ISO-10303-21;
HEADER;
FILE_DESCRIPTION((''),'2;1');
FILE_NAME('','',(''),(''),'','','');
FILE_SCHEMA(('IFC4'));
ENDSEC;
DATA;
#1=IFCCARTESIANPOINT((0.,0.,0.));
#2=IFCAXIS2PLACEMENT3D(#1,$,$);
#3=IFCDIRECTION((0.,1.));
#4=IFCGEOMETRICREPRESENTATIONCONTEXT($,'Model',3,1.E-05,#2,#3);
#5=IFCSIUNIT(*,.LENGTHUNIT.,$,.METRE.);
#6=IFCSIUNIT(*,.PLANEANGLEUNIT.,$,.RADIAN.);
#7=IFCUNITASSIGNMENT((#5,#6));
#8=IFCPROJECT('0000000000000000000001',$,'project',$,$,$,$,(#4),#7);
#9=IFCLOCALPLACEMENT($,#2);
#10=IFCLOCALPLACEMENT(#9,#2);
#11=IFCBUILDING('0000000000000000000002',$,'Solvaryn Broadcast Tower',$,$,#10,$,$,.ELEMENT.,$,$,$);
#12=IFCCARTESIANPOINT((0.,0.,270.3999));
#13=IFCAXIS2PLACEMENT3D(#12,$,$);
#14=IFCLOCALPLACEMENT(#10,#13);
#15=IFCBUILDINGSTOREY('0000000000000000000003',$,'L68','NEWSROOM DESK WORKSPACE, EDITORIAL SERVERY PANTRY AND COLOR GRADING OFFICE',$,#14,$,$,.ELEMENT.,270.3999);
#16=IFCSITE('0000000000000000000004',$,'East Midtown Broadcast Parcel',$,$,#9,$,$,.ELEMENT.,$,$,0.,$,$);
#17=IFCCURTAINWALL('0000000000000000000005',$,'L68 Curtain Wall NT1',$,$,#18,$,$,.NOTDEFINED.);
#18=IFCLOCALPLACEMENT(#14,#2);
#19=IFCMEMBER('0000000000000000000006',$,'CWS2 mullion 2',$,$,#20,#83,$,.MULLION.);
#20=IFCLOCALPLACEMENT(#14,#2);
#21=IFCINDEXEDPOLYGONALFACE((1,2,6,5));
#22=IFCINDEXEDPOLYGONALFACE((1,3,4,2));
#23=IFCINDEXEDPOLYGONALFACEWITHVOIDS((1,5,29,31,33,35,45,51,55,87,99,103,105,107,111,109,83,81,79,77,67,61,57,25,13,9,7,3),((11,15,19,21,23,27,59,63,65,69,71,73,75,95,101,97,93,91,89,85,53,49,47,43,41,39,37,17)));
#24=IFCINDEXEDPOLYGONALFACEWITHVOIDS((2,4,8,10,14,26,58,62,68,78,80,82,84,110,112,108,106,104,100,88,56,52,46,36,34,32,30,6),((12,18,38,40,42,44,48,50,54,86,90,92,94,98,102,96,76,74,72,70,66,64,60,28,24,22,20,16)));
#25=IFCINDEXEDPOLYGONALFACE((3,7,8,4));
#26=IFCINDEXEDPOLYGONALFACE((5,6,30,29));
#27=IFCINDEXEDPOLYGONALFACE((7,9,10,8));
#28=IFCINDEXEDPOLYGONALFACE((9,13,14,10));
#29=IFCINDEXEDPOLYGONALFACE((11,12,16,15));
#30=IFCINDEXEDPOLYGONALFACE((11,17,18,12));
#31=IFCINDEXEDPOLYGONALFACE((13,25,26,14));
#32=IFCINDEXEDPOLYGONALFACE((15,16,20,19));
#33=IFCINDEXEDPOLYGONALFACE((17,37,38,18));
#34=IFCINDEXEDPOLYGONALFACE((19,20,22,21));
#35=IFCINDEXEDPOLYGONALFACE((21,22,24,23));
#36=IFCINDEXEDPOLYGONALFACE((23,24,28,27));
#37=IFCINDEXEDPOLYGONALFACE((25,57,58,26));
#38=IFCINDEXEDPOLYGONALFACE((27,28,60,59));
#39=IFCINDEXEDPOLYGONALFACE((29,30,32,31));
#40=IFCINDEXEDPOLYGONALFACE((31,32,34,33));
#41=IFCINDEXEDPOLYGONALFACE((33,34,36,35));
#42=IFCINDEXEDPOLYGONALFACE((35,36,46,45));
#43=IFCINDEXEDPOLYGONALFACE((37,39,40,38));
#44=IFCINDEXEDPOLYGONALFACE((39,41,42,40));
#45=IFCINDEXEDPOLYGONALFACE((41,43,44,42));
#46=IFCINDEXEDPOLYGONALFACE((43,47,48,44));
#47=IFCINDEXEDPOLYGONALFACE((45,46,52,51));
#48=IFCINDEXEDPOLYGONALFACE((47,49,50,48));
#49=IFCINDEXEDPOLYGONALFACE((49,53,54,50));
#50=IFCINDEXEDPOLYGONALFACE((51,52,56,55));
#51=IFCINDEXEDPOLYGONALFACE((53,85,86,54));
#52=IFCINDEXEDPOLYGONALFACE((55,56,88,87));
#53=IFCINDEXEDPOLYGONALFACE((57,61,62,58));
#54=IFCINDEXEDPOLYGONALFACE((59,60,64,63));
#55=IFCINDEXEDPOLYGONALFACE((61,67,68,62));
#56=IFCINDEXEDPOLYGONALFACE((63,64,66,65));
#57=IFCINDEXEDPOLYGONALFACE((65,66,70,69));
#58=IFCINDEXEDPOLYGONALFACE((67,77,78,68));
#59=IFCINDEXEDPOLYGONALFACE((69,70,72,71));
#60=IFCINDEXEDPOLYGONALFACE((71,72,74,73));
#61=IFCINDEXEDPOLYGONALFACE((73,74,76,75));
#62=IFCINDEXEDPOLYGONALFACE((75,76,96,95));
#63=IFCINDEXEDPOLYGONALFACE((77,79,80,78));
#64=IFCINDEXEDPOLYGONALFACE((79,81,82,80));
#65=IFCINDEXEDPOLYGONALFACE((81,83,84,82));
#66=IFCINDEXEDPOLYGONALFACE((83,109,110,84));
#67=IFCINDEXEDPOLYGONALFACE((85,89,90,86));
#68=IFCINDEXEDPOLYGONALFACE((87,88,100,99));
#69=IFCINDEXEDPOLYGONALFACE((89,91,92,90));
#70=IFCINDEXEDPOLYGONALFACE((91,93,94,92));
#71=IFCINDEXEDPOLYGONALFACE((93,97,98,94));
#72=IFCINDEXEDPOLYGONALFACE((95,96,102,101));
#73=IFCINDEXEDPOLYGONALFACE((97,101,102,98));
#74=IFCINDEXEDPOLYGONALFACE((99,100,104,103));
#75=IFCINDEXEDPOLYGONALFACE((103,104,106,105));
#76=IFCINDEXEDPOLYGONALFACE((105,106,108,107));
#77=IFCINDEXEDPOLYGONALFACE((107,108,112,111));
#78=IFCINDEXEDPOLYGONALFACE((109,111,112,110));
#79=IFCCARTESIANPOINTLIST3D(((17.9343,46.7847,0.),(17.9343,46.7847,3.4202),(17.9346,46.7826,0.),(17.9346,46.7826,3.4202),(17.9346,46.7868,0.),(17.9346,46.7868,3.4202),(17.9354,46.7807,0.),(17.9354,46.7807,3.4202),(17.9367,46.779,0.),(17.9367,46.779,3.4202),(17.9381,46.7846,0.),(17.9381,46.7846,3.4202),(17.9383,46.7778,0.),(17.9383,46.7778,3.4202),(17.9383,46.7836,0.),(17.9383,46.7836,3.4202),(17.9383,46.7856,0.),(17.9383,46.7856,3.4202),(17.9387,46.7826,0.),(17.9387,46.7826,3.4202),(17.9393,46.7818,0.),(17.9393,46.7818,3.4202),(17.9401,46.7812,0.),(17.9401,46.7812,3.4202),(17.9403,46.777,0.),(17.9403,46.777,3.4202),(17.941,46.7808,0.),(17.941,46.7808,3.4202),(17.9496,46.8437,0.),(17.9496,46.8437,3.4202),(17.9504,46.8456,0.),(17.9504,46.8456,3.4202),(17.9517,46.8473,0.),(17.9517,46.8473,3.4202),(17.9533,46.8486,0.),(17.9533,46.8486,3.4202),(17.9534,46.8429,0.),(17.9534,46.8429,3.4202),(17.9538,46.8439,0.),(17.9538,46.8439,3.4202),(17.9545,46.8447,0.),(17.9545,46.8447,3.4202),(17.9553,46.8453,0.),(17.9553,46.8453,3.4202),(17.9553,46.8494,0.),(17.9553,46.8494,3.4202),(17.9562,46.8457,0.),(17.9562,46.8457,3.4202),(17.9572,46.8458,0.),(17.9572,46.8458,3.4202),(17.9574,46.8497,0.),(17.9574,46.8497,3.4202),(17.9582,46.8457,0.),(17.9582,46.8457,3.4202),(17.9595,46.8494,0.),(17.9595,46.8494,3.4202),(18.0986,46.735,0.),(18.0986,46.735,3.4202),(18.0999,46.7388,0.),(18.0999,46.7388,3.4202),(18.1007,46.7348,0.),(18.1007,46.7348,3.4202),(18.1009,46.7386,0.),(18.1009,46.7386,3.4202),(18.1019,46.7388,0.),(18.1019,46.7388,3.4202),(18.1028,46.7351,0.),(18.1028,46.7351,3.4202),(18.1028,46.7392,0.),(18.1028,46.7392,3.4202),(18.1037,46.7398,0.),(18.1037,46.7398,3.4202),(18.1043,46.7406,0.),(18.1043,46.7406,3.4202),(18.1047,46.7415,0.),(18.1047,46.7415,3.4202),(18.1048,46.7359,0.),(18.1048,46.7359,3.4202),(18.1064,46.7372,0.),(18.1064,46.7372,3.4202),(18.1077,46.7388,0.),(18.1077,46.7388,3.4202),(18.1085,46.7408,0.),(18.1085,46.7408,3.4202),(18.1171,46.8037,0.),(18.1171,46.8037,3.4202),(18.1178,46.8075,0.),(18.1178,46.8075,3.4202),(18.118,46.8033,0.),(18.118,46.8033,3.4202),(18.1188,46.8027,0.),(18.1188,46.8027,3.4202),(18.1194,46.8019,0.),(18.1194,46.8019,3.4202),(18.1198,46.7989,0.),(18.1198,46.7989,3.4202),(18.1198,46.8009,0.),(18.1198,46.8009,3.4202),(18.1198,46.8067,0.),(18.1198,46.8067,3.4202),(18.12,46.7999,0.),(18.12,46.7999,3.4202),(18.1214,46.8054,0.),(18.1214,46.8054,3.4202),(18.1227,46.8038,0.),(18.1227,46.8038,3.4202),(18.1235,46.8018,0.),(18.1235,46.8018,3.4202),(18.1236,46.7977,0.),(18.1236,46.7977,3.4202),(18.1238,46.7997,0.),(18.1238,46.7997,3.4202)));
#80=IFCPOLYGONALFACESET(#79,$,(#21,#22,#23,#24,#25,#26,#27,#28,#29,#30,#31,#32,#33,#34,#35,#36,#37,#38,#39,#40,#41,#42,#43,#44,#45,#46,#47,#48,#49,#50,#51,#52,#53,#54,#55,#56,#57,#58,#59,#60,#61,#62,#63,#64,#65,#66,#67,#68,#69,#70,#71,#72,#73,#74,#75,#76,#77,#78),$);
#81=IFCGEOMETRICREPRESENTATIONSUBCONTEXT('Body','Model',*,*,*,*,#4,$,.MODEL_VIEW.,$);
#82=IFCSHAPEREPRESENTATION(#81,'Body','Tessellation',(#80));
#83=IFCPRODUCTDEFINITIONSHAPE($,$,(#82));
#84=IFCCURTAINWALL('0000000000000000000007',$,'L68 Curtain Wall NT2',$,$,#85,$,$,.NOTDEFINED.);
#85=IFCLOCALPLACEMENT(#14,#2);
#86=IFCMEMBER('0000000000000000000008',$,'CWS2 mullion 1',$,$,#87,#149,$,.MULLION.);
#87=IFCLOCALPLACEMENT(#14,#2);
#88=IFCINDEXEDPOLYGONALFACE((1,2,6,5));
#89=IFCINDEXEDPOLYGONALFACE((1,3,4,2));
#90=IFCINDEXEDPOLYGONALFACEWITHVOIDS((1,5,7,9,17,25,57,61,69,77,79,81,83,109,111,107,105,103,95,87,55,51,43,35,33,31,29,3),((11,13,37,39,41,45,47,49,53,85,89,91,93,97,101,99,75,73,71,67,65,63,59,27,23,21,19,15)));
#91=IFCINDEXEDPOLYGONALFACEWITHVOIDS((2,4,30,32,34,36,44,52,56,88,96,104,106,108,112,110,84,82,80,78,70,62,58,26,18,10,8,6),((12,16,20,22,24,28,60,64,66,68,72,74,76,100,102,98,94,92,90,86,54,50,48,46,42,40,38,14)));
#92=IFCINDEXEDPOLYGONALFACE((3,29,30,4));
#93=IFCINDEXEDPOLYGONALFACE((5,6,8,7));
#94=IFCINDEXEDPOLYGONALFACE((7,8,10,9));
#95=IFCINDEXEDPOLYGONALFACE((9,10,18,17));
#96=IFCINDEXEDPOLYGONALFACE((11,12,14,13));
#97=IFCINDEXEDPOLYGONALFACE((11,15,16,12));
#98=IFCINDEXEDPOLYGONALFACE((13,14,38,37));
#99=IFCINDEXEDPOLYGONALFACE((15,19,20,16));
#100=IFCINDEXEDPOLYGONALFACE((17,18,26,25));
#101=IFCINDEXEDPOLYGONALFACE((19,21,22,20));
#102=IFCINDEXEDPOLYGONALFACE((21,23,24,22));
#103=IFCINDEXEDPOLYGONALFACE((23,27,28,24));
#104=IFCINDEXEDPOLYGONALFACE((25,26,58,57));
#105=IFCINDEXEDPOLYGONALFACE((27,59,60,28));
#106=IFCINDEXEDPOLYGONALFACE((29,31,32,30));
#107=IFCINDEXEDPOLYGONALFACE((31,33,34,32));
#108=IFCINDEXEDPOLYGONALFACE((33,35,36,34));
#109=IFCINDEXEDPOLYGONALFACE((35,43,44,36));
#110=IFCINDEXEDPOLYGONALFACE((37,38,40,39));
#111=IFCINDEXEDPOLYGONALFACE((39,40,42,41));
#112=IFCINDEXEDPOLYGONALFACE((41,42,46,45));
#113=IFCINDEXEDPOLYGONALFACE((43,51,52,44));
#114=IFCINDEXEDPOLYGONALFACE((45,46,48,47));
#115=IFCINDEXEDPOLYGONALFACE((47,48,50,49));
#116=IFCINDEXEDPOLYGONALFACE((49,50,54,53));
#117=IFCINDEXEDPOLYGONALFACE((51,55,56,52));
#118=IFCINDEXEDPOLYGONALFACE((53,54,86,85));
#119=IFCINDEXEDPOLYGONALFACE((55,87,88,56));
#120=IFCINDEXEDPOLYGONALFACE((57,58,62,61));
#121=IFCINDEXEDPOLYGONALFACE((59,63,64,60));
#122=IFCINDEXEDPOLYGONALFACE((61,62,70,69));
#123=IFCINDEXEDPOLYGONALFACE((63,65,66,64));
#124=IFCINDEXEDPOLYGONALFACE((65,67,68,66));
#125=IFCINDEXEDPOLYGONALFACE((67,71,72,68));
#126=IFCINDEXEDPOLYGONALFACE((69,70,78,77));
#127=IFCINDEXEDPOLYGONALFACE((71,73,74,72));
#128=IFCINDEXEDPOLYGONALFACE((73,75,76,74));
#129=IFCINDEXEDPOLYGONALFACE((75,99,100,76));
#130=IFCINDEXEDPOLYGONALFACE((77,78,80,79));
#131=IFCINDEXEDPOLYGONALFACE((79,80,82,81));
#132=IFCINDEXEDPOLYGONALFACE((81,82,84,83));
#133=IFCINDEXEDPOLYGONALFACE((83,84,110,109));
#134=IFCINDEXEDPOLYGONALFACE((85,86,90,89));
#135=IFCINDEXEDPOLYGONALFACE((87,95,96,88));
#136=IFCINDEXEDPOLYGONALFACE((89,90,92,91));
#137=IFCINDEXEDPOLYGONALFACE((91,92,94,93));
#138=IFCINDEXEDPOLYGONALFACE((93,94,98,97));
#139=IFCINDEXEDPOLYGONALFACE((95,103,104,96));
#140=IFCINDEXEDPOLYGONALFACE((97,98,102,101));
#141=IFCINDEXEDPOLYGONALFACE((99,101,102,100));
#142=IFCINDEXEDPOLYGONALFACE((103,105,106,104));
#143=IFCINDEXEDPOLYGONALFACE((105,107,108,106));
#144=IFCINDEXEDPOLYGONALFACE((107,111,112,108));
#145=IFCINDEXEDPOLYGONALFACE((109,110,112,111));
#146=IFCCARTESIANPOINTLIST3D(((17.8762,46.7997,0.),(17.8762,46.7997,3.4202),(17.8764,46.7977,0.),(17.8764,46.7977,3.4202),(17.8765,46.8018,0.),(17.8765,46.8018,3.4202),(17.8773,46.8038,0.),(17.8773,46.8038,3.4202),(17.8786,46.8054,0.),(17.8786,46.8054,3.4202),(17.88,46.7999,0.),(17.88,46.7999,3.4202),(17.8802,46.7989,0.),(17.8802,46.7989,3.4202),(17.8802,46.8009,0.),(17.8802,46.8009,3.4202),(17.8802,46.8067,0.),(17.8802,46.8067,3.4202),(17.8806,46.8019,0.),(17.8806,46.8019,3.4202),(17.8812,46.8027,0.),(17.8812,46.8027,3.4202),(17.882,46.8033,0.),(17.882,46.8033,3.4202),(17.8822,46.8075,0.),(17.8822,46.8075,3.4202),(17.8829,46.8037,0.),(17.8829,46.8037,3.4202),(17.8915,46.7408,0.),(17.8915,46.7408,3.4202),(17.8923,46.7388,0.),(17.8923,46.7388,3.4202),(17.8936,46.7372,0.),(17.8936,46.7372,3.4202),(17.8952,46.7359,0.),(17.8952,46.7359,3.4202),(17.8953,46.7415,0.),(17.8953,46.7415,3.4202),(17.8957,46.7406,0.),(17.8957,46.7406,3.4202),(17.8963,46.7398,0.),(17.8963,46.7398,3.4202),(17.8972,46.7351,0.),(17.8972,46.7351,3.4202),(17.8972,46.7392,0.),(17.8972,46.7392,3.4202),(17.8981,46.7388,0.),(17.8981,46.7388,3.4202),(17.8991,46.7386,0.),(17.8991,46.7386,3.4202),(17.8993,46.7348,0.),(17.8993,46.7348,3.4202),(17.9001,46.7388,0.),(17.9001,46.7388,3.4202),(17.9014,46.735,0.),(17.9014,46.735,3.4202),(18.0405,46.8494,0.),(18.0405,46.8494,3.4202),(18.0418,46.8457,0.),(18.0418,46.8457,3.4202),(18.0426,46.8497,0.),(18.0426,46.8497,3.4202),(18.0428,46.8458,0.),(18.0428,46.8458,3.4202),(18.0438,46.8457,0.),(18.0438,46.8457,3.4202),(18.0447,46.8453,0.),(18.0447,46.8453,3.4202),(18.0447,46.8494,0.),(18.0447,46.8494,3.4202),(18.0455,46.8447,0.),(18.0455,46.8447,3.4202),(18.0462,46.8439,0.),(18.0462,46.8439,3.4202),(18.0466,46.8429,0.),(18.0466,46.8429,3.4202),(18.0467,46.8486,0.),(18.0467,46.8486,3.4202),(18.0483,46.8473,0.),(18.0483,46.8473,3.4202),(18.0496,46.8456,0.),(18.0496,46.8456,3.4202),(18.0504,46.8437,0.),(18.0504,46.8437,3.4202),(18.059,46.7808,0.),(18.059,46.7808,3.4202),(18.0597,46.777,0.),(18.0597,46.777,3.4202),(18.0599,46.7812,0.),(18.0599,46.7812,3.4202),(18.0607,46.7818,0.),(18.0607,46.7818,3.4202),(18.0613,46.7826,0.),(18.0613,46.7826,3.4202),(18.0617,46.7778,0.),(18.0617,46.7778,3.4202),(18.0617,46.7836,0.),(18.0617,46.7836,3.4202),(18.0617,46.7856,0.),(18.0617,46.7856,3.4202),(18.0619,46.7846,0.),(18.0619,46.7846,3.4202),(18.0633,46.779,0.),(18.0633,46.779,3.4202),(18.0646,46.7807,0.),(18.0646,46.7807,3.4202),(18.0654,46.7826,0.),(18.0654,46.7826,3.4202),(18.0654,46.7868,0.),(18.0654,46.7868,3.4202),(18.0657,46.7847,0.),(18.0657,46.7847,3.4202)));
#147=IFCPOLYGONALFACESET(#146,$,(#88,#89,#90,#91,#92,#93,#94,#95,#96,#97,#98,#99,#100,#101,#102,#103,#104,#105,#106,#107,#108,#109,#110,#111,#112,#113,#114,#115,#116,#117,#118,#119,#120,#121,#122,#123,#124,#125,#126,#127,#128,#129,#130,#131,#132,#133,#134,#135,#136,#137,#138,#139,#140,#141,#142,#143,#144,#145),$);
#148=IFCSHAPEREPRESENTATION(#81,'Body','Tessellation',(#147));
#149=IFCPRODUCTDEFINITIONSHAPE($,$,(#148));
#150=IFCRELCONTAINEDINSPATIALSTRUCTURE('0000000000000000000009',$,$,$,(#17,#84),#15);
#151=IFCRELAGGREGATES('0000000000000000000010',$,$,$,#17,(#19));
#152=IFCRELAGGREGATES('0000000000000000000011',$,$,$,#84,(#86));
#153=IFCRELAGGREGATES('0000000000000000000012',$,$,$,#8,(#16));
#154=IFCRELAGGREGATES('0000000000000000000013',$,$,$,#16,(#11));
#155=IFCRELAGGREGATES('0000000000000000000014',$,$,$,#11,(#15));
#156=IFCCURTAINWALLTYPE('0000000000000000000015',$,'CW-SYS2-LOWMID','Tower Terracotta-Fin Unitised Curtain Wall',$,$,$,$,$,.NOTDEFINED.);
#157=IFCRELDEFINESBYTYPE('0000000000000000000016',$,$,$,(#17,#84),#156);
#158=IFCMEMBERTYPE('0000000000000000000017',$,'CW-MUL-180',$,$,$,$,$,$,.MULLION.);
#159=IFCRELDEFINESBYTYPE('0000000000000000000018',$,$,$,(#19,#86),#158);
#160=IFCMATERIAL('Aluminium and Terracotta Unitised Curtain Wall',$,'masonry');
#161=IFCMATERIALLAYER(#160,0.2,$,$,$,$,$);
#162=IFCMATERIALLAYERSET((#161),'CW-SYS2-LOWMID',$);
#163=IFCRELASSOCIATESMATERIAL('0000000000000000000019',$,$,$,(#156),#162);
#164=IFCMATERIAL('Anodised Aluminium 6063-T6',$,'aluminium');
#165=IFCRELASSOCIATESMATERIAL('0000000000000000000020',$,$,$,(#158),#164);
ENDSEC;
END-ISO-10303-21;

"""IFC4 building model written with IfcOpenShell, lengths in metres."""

from ifc_helpers import new_model, si_unit, direction, frame, origin, origin_2d, place, context, subcontext, project, spatial, hollow_rectangle, extrude, material, layer, layer_set, material_profile, profile_set, type_object, element, aggregate, save


model = new_model("IFC4")

# Units and contexts
model_context = context("Model", 3, precision=1e-05, world=origin(), true_north=direction((0.0, 1.0)))
body_context = subcontext(model_context, "Body", "Model", "MODEL_VIEW")
ifc_project = project(units=[si_unit("LENGTHUNIT", "METRE"), si_unit("PLANEANGLEUNIT", "RADIAN")], contexts=[model_context])

# Site, building, storey
site_placement = place(None, origin())
site = spatial("IfcSite", under=ifc_project, at=site_placement, Name="East Midtown Broadcast Parcel", CompositionType="ELEMENT", RefElevation=0.0)
building_placement = place(site_placement, origin())
building = spatial("IfcBuilding", under=site, at=building_placement, Name="Solvaryn Broadcast Tower", CompositionType="ELEMENT")
storey_placement = place(building_placement, frame((0.0, 0.0, 270.3999)))
storey = spatial("IfcBuildingStorey", under=building, at=storey_placement, Name="L68", Description="NEWSROOM DESK WORKSPACE, EDITORIAL SERVERY PANTRY AND COLOR GRADING OFFICE", CompositionType="ELEMENT", Elevation=270.3999)

# Curtain wall, member
ifc_material_1 = material(Name="Aluminium and Terracotta Unitised Curtain Wall", Category="masonry")
ifc_layer_1 = layer(ifc_material_1, 0.2)
ifc_layer_set_1 = layer_set([ifc_layer_1], Name="CW-SYS2-LOWMID")
curtain_wall_type = type_object("IfcCurtainWallType", Name="CW-SYS2-LOWMID", Description="Tower Terracotta-Fin Unitised Curtain Wall", PredefinedType="NOTDEFINED", material=ifc_layer_set_1)
ifc_material_2 = material(Name="Anodised Aluminium 6063-T6", Category="aluminium")
ifc_material_profile_1 = material_profile(ifc_material_2, hollow_rectangle(XDim=0.075, YDim=0.1799, WallThickness=0.0039, InnerFilletRadius=0.0039, OuterFilletRadius=0.0081, at=origin_2d()))
ifc_profile_set_1 = profile_set([ifc_material_profile_1], Name="Anodised Aluminium 6063-T6")
member_type_1 = type_object("IfcMemberType", Name="CW-MUL-180", PredefinedType="MULLION", material=ifc_profile_set_1)
curtain_wall_1_placement = place(storey_placement, origin())
curtain_wall_1 = element("IfcCurtainWall", 1, at=curtain_wall_1_placement, inside=storey, type_object=curtain_wall_type, Name="L68 Curtain Wall NT1", PredefinedType="NOTDEFINED")
member_1_placement = place(storey_placement, frame((18.0291, 46.7922, 0.0), z_axis=(0.0, 0.0, 1.0), x_axis=(-0.255893, -0.966705, 0.0)))
member_1 = element("IfcMember", 2, at=member_1_placement, type_object=member_type_1, Name="CWS2 mullion 2", PredefinedType="MULLION", context=body_context, shape_type="SweptSolid", body=[
    extrude(hollow_rectangle(XDim=0.075, YDim=0.1799, WallThickness=0.0039, InnerFilletRadius=0.0039, OuterFilletRadius=0.0081, at=origin_2d()), origin(), (0.0, 0.0, 1.0), 3.4202),
])

# Curtain wall, member
curtain_wall_2_placement = place(storey_placement, origin())
curtain_wall_2 = element("IfcCurtainWall", 3, at=curtain_wall_2_placement, inside=storey, type_object=curtain_wall_type, Name="L68 Curtain Wall NT2", PredefinedType="NOTDEFINED")
member_2_placement = place(storey_placement, frame((17.9709, 46.7922, 0.0), z_axis=(0.0, 0.0, 1.0), x_axis=(0.255893, -0.966705, 0.0)))
member_2 = element("IfcMember", 4, at=member_2_placement, type_object=member_type_1, Name="CWS2 mullion 1", PredefinedType="MULLION", context=body_context, shape_type="SweptSolid", body=[
    extrude(hollow_rectangle(XDim=0.075, YDim=0.1799, WallThickness=0.0039, InnerFilletRadius=0.0039, OuterFilletRadius=0.0081, at=origin_2d()), origin(), (0.0, 0.0, 1.0), 3.4202),
])

aggregate(curtain_wall_1, [member_1])
aggregate(curtain_wall_2, [member_2])

save(model, "model.ifc")
